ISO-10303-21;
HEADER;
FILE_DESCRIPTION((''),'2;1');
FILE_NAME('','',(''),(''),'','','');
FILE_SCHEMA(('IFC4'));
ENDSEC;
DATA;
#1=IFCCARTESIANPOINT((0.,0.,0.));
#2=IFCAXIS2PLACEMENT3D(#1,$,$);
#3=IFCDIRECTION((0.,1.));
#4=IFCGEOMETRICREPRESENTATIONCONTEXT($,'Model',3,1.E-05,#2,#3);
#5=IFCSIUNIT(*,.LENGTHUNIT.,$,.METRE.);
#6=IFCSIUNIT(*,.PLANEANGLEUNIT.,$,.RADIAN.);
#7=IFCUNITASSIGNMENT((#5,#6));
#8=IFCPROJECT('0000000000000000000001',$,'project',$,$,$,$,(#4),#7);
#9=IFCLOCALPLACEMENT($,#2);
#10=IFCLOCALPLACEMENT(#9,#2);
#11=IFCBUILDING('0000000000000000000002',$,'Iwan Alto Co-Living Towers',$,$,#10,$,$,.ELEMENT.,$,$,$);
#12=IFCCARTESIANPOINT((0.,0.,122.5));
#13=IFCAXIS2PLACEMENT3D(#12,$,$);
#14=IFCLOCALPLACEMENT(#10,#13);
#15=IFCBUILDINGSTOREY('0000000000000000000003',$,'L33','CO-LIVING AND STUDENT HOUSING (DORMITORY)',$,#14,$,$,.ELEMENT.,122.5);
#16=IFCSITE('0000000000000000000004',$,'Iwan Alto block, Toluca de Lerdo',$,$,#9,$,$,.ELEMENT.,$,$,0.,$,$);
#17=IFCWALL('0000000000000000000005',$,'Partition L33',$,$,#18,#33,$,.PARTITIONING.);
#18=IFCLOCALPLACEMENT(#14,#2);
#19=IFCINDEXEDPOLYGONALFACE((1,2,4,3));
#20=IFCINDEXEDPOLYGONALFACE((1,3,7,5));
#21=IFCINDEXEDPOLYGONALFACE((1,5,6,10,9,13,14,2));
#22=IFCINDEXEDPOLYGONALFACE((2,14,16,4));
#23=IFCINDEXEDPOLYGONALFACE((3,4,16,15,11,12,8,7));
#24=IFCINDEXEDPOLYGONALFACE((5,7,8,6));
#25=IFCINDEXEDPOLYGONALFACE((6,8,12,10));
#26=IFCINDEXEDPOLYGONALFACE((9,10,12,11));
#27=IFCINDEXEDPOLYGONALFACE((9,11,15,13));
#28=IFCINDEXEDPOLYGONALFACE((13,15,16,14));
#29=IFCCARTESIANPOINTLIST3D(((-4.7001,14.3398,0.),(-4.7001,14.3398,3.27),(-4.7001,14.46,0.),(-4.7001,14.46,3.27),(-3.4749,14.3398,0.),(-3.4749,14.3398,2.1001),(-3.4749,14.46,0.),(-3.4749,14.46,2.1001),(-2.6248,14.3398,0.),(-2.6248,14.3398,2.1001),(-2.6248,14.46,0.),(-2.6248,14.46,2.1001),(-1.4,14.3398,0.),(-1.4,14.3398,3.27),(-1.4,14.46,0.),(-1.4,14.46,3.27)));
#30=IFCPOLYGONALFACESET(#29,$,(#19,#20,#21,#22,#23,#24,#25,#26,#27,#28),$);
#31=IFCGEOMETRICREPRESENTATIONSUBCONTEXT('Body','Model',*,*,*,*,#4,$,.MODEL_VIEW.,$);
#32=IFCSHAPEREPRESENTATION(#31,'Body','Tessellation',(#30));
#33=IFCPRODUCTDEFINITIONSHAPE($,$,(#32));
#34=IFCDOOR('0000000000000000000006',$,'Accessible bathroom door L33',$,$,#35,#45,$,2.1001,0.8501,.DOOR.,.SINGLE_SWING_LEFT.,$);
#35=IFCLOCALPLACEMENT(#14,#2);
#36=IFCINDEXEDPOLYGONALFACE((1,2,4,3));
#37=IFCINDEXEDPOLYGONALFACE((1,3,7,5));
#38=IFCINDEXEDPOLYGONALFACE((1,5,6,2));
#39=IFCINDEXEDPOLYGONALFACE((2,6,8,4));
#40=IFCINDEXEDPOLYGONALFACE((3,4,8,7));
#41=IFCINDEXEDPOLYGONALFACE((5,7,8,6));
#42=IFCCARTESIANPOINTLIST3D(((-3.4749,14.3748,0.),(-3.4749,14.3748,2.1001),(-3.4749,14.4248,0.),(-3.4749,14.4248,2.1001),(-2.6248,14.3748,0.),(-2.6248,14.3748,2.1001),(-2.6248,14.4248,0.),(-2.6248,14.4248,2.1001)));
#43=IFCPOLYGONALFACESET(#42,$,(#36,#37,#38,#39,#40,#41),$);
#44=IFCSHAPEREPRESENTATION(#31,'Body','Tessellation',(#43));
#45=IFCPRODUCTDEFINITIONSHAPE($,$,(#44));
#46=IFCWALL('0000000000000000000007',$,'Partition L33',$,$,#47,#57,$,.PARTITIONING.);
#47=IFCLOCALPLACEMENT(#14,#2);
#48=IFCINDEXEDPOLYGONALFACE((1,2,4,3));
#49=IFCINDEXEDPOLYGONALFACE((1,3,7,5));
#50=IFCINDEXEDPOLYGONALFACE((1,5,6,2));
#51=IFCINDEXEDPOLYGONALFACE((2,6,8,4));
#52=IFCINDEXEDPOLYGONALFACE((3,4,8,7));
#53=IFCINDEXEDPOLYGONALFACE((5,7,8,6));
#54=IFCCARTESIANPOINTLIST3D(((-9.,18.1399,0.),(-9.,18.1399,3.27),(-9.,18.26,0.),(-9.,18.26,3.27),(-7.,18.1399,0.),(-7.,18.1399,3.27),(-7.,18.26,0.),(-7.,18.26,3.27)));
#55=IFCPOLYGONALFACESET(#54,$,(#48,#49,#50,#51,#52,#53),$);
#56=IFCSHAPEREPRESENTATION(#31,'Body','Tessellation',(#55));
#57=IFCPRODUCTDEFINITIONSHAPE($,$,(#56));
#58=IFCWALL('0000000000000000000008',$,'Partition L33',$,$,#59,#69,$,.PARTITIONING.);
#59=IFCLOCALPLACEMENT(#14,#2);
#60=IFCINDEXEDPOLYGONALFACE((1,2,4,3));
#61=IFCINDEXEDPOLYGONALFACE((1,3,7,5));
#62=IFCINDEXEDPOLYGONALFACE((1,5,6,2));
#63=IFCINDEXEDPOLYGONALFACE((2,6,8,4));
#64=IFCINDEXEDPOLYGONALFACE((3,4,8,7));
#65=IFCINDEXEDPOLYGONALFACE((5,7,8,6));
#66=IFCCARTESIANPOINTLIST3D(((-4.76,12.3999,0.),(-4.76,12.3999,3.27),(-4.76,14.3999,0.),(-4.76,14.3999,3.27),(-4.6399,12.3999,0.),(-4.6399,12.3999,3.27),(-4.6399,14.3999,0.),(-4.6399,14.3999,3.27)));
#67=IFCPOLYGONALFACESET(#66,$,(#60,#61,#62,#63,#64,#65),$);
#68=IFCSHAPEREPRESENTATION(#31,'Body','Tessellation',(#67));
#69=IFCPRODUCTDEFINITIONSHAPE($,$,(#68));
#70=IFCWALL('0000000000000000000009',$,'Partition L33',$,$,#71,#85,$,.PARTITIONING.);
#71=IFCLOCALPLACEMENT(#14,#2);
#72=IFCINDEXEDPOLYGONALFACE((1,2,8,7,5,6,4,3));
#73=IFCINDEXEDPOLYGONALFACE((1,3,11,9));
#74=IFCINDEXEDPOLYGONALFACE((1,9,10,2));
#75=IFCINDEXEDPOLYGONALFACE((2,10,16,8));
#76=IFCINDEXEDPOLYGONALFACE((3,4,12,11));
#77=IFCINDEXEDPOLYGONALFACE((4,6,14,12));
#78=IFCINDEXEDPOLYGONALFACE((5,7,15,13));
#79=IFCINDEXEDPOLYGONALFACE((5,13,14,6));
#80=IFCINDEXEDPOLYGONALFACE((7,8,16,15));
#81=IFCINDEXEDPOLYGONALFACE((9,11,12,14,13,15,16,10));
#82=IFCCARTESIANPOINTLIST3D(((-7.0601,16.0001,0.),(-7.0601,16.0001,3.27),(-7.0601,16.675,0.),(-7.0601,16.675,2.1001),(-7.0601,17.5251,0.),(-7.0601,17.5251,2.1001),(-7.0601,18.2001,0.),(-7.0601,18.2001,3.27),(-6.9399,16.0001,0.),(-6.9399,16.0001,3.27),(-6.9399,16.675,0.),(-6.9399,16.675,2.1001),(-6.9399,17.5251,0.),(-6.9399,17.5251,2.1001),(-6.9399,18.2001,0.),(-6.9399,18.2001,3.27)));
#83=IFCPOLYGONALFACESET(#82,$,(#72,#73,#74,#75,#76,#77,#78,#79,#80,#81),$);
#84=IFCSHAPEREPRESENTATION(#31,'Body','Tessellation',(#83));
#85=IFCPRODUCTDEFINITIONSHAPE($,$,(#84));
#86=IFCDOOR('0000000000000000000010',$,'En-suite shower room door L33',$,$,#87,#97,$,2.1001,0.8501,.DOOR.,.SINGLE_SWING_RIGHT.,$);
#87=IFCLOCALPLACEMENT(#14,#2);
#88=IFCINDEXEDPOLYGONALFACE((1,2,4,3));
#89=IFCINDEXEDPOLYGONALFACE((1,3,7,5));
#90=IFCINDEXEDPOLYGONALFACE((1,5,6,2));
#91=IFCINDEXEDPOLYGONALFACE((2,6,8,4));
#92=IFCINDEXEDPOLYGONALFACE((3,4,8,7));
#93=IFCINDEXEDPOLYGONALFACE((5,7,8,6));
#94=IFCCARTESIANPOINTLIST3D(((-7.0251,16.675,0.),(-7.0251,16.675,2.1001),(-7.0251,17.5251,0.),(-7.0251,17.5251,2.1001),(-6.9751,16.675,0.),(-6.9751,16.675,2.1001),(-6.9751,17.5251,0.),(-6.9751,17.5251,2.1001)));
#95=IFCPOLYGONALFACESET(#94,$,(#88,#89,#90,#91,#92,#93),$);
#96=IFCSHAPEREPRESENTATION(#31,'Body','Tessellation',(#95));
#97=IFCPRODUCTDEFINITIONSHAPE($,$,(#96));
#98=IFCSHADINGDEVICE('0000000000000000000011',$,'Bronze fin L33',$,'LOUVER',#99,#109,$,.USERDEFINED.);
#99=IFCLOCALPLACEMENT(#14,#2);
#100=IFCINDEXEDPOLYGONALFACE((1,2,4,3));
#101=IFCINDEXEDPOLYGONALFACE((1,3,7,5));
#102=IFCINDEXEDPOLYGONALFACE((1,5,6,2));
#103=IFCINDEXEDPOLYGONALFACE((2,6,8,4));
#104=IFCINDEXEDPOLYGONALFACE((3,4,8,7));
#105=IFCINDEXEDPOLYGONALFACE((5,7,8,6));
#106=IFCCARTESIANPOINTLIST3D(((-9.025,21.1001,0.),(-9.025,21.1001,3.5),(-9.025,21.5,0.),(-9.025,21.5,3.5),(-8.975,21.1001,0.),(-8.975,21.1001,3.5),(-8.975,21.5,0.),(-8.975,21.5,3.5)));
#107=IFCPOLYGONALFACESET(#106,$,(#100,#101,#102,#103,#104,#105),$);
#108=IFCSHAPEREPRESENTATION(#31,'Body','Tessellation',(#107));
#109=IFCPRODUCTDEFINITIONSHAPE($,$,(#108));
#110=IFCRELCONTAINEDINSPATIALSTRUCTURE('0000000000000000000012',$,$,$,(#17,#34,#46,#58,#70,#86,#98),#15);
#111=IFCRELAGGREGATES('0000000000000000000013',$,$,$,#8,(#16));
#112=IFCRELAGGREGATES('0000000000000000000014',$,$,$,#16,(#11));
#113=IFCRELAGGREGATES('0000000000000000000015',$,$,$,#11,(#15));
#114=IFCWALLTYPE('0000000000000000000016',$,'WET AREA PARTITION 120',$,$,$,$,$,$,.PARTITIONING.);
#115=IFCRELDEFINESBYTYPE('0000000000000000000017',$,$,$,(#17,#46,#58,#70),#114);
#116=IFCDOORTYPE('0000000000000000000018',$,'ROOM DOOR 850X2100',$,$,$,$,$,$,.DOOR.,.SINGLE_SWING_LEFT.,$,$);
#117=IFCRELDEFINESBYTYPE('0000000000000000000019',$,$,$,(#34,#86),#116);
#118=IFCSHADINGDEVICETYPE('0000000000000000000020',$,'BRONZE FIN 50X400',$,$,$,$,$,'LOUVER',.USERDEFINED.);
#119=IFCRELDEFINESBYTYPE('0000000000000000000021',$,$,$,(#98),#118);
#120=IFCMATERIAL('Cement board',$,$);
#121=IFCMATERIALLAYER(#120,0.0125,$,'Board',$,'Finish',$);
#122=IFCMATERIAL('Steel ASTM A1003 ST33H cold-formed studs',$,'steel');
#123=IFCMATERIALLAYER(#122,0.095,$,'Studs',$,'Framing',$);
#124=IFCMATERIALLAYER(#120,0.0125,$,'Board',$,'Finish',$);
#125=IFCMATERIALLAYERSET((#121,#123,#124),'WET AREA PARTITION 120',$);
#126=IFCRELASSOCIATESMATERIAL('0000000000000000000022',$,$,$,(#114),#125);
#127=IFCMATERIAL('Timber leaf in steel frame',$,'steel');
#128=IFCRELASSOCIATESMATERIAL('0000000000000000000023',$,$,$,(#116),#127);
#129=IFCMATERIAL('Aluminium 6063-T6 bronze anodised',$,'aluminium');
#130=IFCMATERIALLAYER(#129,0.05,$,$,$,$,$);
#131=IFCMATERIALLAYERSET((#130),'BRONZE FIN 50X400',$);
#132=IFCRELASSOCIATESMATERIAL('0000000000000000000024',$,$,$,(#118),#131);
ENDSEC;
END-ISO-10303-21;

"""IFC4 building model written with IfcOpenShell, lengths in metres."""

from ifc_helpers import new_model, si_unit, direction, frame, frame_2d, origin, origin_2d, place, context, subcontext, project, spatial, rectangle, extrude, material, layer, layer_set, type_object, element, fill, save


model = new_model("IFC4")

# Units and contexts
model_context = context("Model", 3, precision=1e-05, world=origin(), true_north=direction((0.0, 1.0)))
body_context = subcontext(model_context, "Body", "Model", "MODEL_VIEW")
ifc_project = project(units=[si_unit("LENGTHUNIT", "METRE"), si_unit("PLANEANGLEUNIT", "RADIAN")], contexts=[model_context])

# Site, building, storey
site_placement = place(None, origin())
site = spatial("IfcSite", under=ifc_project, at=site_placement, Name="Iwan Alto block, Toluca de Lerdo", CompositionType="ELEMENT", RefElevation=0.0)
building_placement = place(site_placement, origin())
building = spatial("IfcBuilding", under=site, at=building_placement, Name="Iwan Alto Co-Living Towers", CompositionType="ELEMENT")
storey_placement = place(building_placement, frame((0.0, 0.0, 122.5)))
storey = spatial("IfcBuildingStorey", under=building, at=storey_placement, Name="L33", Description="CO-LIVING AND STUDENT HOUSING (DORMITORY)", CompositionType="ELEMENT", Elevation=122.5)

# Shared definitions
ifc_material_1 = material(Name="Steel ASTM A1003 ST33H cold-formed studs", Category="steel")

# Wall, opening, door
ifc_material_2 = material(Name="Cement board")
ifc_layer_1 = layer(ifc_material_2, 0.0125, Name="Board", Category="Finish")
ifc_layer_2 = layer(ifc_material_1, 0.095, Name="Studs", Category="Framing")
ifc_layer_3 = layer(ifc_material_2, 0.0125, Name="Board", Category="Finish")
ifc_layer_set_1 = layer_set([ifc_layer_1, ifc_layer_2, ifc_layer_3], Name="WET AREA PARTITION 120")
wall_type_1 = type_object("IfcWallType", Name="WET AREA PARTITION 120", PredefinedType="PARTITIONING", material=ifc_layer_set_1)
wall_1_placement = place(storey_placement, frame((-4.7, 14.3999, 0.0), z_axis=(0.0, 0.0, 1.0), x_axis=(1.0, 0.0, 0.0)))
wall_1 = element("IfcWall", 1, at=wall_1_placement, inside=storey, type_object=wall_type_1, Name="Partition L33", PredefinedType="PARTITIONING", context=body_context, shape_type="SweptSolid", body=[
    extrude(rectangle(XDim=3.3, YDim=0.1201, at=frame_2d((1.6499, 0.0))), origin(), (0.0, 0.0, 1.0), 3.27),
])
opening_1_placement = place(wall_1_placement, frame((1.2251, 0.0, 0.0)))
opening_1 = element("IfcOpeningElement", 2, at=opening_1_placement, cuts=wall_1, PredefinedType="OPENING", context=body_context, shape_type="SweptSolid", body=[
    extrude(rectangle(XDim=0.8501, YDim=2.1001, at=frame_2d((0.425, 1.05))), frame((0.0, 0.0701, 0.0), z_axis=(0.0, -1.0, 0.0), x_axis=(1.0, 0.0, 0.0)), (0.0, 0.0, 1.0), 0.1401),
])
ifc_material_3 = material(Name="Timber leaf in steel frame", Category="steel")
door_type_1 = type_object("IfcDoorType", Name="ROOM DOOR 850X2100", OperationType="SINGLE_SWING_LEFT", PredefinedType="DOOR", material=ifc_material_3)
door_1_placement = place(opening_1_placement, origin())
door_1 = element("IfcDoor", 3, at=door_1_placement, inside=storey, type_object=door_type_1, Name="Accessible bathroom door L33", OperationType="SINGLE_SWING_LEFT", OverallHeight=2.1001, OverallWidth=0.8501, PredefinedType="DOOR", context=body_context, shape_type="SweptSolid", body=[
    extrude(rectangle(XDim=0.8501, YDim=2.1001, at=frame_2d((0.425, 1.05))), frame((0.0, 0.0249, 0.0), z_axis=(0.0, -1.0, 0.0), x_axis=(1.0, 0.0, 0.0)), (0.0, 0.0, 1.0), 0.05),
])
fill(opening_1, door_1)

# Walls
for number, where, z_axis, x_axis, name in (
    (4, (-9.0, 18.2, 0.0), (0.0, 0.0, 1.0), (1.0, 0.0, 0.0), "Partition L33"),
    (5, (-4.7, 12.3999, 0.0), (0.0, 0.0, 1.0), (0.0, 1.0, 0.0), "Partition L33"),
):
    element("IfcWall", number, at=place(storey_placement, frame(where, z_axis=z_axis, x_axis=x_axis)), inside=storey, type_object=wall_type_1, Name=name, PredefinedType="PARTITIONING", context=body_context, shape_type="SweptSolid", body=[
        extrude(rectangle(XDim=2.0, YDim=0.1201, at=frame_2d((1.0, 0.0))), origin(), (0.0, 0.0, 1.0), 3.27),
    ])

# Wall, opening, door
wall_2_placement = place(storey_placement, frame((-7.0, 16.0, 0.0), z_axis=(0.0, 0.0, 1.0), x_axis=(0.0, 1.0, 0.0)))
wall_2 = element("IfcWall", 6, at=wall_2_placement, inside=storey, type_object=wall_type_1, Name="Partition L33", PredefinedType="PARTITIONING", context=body_context, shape_type="SweptSolid", body=[
    extrude(rectangle(XDim=2.2, YDim=0.1201, at=frame_2d((1.1001, 0.0))), origin(), (0.0, 0.0, 1.0), 3.27),
])
opening_2_placement = place(wall_2_placement, frame((0.675, 0.0, 0.0)))
opening_2 = element("IfcOpeningElement", 7, at=opening_2_placement, cuts=wall_2, PredefinedType="OPENING", context=body_context, shape_type="SweptSolid", body=[
    extrude(rectangle(XDim=0.8501, YDim=2.1001, at=frame_2d((0.425, 1.05))), frame((0.0, 0.0701, 0.0), z_axis=(0.0, -1.0, 0.0), x_axis=(1.0, 0.0, 0.0)), (0.0, 0.0, 1.0), 0.1401),
])
door_2_placement = place(opening_2_placement, frame((0.8501, 0.0, 0.0), z_axis=(0.0, 0.0, 1.0), x_axis=(-1.0, 0.0, 0.0)))
door_2 = element("IfcDoor", 8, at=door_2_placement, inside=storey, type_object=door_type_1, Name="En-suite shower room door L33", OperationType="SINGLE_SWING_RIGHT", OverallHeight=2.1001, OverallWidth=0.8501, PredefinedType="DOOR", context=body_context, shape_type="SweptSolid", body=[
    extrude(rectangle(XDim=0.8501, YDim=2.1001, at=frame_2d((0.425, 1.05))), frame((0.0, 0.0249, 0.0), z_axis=(0.0, -1.0, 0.0), x_axis=(1.0, 0.0, 0.0)), (0.0, 0.0, 1.0), 0.05),
])
fill(opening_2, door_2)

# Shading device
ifc_material_4 = material(Name="Aluminium 6063-T6 bronze anodised", Category="aluminium")
ifc_layer_4 = layer(ifc_material_4, 0.05)
ifc_layer_set_2 = layer_set([ifc_layer_4], Name="BRONZE FIN 50X400")
shading_device_type = type_object("IfcShadingDeviceType", Name="BRONZE FIN 50X400", ElementType="LOUVER", PredefinedType="USERDEFINED", material=ifc_layer_set_2)
shading_device_placement = place(storey_placement, frame((-9.0, 21.3, 0.0), z_axis=(0.0, 0.0, 1.0), x_axis=(-1.0, 0.0, 0.0)))
element("IfcShadingDevice", 9, at=shading_device_placement, inside=storey, type_object=shading_device_type, Name="Bronze fin L33", ObjectType="LOUVER", PredefinedType="USERDEFINED", context=body_context, shape_type="SweptSolid", body=[
    extrude(rectangle(XDim=0.05, YDim=0.3999, at=origin_2d()), origin(), (0.0, 0.0, 1.0), 3.5),
])

save(model, "model.ifc")
